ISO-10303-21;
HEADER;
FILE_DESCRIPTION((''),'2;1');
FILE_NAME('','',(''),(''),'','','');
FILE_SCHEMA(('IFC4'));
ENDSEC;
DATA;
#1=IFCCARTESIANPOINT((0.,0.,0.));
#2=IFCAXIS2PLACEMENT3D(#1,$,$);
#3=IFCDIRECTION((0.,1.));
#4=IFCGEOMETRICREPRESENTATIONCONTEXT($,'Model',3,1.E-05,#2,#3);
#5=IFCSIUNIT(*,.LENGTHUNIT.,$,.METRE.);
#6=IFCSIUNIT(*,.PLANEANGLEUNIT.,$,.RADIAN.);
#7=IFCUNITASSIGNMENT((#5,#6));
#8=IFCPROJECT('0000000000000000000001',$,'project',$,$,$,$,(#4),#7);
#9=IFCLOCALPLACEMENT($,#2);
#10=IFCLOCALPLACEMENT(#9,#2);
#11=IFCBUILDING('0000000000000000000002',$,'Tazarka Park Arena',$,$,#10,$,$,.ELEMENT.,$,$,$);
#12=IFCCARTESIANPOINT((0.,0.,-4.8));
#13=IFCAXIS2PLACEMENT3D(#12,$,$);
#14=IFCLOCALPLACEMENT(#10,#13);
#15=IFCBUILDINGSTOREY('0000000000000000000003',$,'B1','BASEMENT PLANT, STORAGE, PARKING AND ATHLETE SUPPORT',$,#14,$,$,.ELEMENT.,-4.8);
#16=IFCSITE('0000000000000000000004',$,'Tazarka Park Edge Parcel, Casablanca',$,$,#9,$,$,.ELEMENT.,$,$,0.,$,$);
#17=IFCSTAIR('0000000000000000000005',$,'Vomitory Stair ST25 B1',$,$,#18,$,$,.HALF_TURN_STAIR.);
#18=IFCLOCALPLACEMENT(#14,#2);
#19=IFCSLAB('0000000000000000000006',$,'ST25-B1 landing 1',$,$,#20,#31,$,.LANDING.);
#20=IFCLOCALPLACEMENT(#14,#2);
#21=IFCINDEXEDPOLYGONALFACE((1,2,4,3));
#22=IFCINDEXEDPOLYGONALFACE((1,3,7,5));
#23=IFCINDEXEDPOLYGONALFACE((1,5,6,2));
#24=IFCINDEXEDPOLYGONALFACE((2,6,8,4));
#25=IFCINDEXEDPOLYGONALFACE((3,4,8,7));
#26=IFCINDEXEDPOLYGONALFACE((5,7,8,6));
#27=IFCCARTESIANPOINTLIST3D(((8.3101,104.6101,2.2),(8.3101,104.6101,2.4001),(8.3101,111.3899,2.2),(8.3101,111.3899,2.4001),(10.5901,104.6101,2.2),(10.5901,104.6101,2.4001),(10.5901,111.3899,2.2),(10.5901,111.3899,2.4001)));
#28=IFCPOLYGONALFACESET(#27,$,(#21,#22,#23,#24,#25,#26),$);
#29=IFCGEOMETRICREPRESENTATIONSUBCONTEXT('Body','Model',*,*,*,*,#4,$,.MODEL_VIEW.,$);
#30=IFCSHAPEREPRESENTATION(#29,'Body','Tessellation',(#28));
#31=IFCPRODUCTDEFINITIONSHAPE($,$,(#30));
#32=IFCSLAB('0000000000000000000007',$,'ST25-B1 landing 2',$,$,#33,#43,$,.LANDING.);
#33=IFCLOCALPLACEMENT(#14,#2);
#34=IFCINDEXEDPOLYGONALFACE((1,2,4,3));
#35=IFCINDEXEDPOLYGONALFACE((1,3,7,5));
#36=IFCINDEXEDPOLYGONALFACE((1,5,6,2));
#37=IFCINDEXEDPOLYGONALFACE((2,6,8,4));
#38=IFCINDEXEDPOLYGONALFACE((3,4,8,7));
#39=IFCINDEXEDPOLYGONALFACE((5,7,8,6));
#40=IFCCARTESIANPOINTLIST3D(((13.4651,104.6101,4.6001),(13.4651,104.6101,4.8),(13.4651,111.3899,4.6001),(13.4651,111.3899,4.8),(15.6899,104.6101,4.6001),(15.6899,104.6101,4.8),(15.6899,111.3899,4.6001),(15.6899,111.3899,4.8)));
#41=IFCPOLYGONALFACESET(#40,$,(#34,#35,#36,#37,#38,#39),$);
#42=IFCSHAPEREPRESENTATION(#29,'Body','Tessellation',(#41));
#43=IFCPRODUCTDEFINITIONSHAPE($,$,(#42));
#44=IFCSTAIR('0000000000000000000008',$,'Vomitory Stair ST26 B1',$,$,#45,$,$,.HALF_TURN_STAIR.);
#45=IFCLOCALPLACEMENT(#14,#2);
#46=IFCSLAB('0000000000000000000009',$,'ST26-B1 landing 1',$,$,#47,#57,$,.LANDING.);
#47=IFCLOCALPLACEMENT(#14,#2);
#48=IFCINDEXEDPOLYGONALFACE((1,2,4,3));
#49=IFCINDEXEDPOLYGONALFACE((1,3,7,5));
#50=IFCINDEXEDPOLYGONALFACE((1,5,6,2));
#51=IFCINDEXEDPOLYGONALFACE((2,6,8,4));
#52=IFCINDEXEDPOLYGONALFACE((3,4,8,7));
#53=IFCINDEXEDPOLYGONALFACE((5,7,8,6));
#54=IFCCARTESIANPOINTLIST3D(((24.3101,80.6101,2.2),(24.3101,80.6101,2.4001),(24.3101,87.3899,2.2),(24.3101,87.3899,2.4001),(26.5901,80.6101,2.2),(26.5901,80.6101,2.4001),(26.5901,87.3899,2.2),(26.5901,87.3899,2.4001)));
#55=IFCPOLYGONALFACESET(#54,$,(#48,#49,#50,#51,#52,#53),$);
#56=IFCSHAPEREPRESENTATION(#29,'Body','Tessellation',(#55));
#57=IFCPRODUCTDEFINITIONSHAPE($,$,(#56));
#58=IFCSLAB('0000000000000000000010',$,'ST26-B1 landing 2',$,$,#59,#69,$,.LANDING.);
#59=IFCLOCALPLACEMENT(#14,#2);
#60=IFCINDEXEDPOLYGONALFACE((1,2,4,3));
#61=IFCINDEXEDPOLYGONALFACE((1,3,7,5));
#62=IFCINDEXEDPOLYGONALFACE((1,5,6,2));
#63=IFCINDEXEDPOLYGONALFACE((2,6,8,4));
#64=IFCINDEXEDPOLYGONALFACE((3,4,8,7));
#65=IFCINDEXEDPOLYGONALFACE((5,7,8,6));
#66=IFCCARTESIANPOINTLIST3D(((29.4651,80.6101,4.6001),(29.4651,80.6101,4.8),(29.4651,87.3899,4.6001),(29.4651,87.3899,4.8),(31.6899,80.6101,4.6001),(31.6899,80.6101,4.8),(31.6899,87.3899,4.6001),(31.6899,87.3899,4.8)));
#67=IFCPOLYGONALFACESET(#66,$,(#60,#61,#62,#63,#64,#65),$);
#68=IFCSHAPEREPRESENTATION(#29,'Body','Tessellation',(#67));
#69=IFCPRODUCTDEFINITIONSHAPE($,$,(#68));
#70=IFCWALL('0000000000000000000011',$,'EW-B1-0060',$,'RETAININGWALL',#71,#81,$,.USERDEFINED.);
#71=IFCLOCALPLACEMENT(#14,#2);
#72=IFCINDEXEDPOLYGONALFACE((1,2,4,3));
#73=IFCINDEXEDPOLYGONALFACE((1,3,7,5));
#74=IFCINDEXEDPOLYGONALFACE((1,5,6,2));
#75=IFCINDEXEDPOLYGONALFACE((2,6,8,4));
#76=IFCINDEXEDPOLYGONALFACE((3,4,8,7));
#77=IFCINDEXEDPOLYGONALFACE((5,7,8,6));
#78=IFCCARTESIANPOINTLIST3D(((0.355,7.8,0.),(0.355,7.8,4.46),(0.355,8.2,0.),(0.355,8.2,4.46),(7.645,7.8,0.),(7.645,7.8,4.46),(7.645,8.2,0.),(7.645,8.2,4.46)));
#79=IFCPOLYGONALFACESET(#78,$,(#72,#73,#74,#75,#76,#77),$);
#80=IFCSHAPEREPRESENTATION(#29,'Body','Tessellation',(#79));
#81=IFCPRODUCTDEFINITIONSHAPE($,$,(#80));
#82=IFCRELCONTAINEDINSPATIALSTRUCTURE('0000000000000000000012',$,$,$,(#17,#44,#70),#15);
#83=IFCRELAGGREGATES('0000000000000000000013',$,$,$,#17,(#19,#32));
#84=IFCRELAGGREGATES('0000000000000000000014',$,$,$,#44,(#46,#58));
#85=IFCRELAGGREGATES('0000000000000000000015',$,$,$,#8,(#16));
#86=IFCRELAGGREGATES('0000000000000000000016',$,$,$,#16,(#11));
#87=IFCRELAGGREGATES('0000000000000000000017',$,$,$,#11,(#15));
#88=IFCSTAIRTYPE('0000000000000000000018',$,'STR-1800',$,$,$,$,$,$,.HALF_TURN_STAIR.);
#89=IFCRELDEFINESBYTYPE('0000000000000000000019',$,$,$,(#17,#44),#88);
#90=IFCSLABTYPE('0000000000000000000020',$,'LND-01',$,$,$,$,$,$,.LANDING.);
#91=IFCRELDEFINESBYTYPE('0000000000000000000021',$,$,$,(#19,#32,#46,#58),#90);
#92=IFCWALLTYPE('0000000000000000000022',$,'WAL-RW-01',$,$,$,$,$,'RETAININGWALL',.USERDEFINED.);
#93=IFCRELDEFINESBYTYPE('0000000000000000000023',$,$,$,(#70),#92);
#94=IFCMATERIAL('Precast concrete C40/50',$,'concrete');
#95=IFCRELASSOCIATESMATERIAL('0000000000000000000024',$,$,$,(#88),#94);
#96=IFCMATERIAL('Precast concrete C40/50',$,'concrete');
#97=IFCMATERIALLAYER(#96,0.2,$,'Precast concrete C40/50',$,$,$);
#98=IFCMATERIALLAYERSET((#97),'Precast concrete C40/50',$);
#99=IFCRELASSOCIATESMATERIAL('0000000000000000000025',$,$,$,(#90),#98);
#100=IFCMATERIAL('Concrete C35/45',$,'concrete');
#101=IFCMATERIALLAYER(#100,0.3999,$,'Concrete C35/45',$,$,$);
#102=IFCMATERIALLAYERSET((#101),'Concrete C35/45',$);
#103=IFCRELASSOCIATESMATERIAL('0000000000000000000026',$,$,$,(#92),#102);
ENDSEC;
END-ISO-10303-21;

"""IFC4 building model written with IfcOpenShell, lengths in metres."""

from ifc_helpers import new_model, si_unit, direction, frame, frame_2d, origin, place, context, subcontext, project, spatial, polyline, rectangle, outline, extrude, material, layer, layer_set, type_object, element, aggregate, save


model = new_model("IFC4")

# Units and contexts
model_context = context("Model", 3, precision=1e-05, world=origin(), true_north=direction((0.0, 1.0)))
body_context = subcontext(model_context, "Body", "Model", "MODEL_VIEW")
ifc_project = project(units=[si_unit("LENGTHUNIT", "METRE"), si_unit("PLANEANGLEUNIT", "RADIAN")], contexts=[model_context])

# Site, building, storey
site_placement = place(None, origin())
site = spatial("IfcSite", under=ifc_project, at=site_placement, Name="Tazarka Park Edge Parcel, Casablanca", CompositionType="ELEMENT", RefElevation=0.0)
building_placement = place(site_placement, origin())
building = spatial("IfcBuilding", under=site, at=building_placement, Name="Tazarka Park Arena", CompositionType="ELEMENT")
storey_placement = place(building_placement, frame((0.0, 0.0, -4.8)))
storey = spatial("IfcBuildingStorey", under=building, at=storey_placement, Name="B1", Description="BASEMENT PLANT, STORAGE, PARKING AND ATHLETE SUPPORT", CompositionType="ELEMENT", Elevation=-4.8)

# Shared definitions
ifc_material_1 = material(Name="Precast concrete C40/50", Category="concrete")
stair_type = type_object("IfcStairType", Name="STR-1800", PredefinedType="HALF_TURN_STAIR", material=ifc_material_1)
ifc_material_2 = material(Name="Precast concrete C40/50", Category="concrete")
ifc_layer_1 = layer(ifc_material_2, 0.2, Name="Precast concrete C40/50")
ifc_layer_set_1 = layer_set([ifc_layer_1], Name="Precast concrete C40/50")
slab_type = type_object("IfcSlabType", Name="LND-01", PredefinedType="LANDING", material=ifc_layer_set_1)

# Stairs, slabs
stair_1_placement = place(storey_placement, origin())
stair_1 = element("IfcStair", 1, at=stair_1_placement, inside=storey, type_object=stair_type, Name="Vomitory Stair ST25 B1", PredefinedType="HALF_TURN_STAIR")
slab_1_placement = place(storey_placement, frame((0.0, 0.0, 2.2)))
slab_1 = element("IfcSlab", 2, at=slab_1_placement, type_object=slab_type, Name="ST25-B1 landing 1", PredefinedType="LANDING", context=body_context, shape_type="SweptSolid", body=[
    extrude(outline(polyline([(8.3101, 104.6101), (10.5901, 104.6101), (10.5901, 111.3899), (8.3101, 111.3899), (8.3101, 104.6101)])), origin(), (0.0, 0.0, 1.0), 0.2002),
])
slab_2_placement = place(storey_placement, frame((0.0, 0.0, 4.6001)))
slab_2 = element("IfcSlab", 3, at=slab_2_placement, type_object=slab_type, Name="ST25-B1 landing 2", PredefinedType="LANDING", context=body_context, shape_type="SweptSolid", body=[
    extrude(outline(polyline([(13.4651, 104.6101), (15.6899, 104.6101), (15.6899, 111.3899), (13.4651, 111.3899), (13.4651, 104.6101)])), origin(), (0.0, 0.0, 1.0), 0.2),
])
aggregate(stair_1, [slab_1, slab_2])
stair_2_placement = place(storey_placement, origin())
stair_2 = element("IfcStair", 4, at=stair_2_placement, inside=storey, type_object=stair_type, Name="Vomitory Stair ST26 B1", PredefinedType="HALF_TURN_STAIR")
slab_3_placement = place(storey_placement, frame((0.0, 0.0, 2.2)))
slab_3 = element("IfcSlab", 5, at=slab_3_placement, type_object=slab_type, Name="ST26-B1 landing 1", PredefinedType="LANDING", context=body_context, shape_type="SweptSolid", body=[
    extrude(outline(polyline([(24.3101, 80.6101), (26.5901, 80.6101), (26.5901, 87.3899), (24.3101, 87.3899), (24.3101, 80.6101)])), origin(), (0.0, 0.0, 1.0), 0.2002),
])
slab_4_placement = place(storey_placement, frame((0.0, 0.0, 4.6001)))
slab_4 = element("IfcSlab", 6, at=slab_4_placement, type_object=slab_type, Name="ST26-B1 landing 2", PredefinedType="LANDING", context=body_context, shape_type="SweptSolid", body=[
    extrude(outline(polyline([(29.4651, 80.6101), (31.6899, 80.6101), (31.6899, 87.3899), (29.4651, 87.3899), (29.4651, 80.6101)])), origin(), (0.0, 0.0, 1.0), 0.2),
])
aggregate(stair_2, [slab_3, slab_4])

# Wall
ifc_material_3 = material(Name="Concrete C35/45", Category="concrete")
ifc_layer_2 = layer(ifc_material_3, 0.3999, Name="Concrete C35/45")
ifc_layer_set_2 = layer_set([ifc_layer_2], Name="Concrete C35/45")
wall_type = type_object("IfcWallType", Name="WAL-RW-01", ElementType="RETAININGWALL", PredefinedType="USERDEFINED", material=ifc_layer_set_2)
wall_placement = place(storey_placement, frame((7.645, 8.0, 0.0), z_axis=(0.0, 0.0, 1.0), x_axis=(-1.0, 0.0, 0.0)))
element("IfcWall", 7, at=wall_placement, inside=storey, type_object=wall_type, Name="EW-B1-0060", ObjectType="RETAININGWALL", PredefinedType="USERDEFINED", context=body_context, shape_type="SweptSolid", body=[
    extrude(rectangle(XDim=7.29, YDim=0.3999, at=frame_2d((3.645, 0.0))), origin(), (0.0, 0.0, 1.0), 4.46),
])

save(model, "model.ifc")
